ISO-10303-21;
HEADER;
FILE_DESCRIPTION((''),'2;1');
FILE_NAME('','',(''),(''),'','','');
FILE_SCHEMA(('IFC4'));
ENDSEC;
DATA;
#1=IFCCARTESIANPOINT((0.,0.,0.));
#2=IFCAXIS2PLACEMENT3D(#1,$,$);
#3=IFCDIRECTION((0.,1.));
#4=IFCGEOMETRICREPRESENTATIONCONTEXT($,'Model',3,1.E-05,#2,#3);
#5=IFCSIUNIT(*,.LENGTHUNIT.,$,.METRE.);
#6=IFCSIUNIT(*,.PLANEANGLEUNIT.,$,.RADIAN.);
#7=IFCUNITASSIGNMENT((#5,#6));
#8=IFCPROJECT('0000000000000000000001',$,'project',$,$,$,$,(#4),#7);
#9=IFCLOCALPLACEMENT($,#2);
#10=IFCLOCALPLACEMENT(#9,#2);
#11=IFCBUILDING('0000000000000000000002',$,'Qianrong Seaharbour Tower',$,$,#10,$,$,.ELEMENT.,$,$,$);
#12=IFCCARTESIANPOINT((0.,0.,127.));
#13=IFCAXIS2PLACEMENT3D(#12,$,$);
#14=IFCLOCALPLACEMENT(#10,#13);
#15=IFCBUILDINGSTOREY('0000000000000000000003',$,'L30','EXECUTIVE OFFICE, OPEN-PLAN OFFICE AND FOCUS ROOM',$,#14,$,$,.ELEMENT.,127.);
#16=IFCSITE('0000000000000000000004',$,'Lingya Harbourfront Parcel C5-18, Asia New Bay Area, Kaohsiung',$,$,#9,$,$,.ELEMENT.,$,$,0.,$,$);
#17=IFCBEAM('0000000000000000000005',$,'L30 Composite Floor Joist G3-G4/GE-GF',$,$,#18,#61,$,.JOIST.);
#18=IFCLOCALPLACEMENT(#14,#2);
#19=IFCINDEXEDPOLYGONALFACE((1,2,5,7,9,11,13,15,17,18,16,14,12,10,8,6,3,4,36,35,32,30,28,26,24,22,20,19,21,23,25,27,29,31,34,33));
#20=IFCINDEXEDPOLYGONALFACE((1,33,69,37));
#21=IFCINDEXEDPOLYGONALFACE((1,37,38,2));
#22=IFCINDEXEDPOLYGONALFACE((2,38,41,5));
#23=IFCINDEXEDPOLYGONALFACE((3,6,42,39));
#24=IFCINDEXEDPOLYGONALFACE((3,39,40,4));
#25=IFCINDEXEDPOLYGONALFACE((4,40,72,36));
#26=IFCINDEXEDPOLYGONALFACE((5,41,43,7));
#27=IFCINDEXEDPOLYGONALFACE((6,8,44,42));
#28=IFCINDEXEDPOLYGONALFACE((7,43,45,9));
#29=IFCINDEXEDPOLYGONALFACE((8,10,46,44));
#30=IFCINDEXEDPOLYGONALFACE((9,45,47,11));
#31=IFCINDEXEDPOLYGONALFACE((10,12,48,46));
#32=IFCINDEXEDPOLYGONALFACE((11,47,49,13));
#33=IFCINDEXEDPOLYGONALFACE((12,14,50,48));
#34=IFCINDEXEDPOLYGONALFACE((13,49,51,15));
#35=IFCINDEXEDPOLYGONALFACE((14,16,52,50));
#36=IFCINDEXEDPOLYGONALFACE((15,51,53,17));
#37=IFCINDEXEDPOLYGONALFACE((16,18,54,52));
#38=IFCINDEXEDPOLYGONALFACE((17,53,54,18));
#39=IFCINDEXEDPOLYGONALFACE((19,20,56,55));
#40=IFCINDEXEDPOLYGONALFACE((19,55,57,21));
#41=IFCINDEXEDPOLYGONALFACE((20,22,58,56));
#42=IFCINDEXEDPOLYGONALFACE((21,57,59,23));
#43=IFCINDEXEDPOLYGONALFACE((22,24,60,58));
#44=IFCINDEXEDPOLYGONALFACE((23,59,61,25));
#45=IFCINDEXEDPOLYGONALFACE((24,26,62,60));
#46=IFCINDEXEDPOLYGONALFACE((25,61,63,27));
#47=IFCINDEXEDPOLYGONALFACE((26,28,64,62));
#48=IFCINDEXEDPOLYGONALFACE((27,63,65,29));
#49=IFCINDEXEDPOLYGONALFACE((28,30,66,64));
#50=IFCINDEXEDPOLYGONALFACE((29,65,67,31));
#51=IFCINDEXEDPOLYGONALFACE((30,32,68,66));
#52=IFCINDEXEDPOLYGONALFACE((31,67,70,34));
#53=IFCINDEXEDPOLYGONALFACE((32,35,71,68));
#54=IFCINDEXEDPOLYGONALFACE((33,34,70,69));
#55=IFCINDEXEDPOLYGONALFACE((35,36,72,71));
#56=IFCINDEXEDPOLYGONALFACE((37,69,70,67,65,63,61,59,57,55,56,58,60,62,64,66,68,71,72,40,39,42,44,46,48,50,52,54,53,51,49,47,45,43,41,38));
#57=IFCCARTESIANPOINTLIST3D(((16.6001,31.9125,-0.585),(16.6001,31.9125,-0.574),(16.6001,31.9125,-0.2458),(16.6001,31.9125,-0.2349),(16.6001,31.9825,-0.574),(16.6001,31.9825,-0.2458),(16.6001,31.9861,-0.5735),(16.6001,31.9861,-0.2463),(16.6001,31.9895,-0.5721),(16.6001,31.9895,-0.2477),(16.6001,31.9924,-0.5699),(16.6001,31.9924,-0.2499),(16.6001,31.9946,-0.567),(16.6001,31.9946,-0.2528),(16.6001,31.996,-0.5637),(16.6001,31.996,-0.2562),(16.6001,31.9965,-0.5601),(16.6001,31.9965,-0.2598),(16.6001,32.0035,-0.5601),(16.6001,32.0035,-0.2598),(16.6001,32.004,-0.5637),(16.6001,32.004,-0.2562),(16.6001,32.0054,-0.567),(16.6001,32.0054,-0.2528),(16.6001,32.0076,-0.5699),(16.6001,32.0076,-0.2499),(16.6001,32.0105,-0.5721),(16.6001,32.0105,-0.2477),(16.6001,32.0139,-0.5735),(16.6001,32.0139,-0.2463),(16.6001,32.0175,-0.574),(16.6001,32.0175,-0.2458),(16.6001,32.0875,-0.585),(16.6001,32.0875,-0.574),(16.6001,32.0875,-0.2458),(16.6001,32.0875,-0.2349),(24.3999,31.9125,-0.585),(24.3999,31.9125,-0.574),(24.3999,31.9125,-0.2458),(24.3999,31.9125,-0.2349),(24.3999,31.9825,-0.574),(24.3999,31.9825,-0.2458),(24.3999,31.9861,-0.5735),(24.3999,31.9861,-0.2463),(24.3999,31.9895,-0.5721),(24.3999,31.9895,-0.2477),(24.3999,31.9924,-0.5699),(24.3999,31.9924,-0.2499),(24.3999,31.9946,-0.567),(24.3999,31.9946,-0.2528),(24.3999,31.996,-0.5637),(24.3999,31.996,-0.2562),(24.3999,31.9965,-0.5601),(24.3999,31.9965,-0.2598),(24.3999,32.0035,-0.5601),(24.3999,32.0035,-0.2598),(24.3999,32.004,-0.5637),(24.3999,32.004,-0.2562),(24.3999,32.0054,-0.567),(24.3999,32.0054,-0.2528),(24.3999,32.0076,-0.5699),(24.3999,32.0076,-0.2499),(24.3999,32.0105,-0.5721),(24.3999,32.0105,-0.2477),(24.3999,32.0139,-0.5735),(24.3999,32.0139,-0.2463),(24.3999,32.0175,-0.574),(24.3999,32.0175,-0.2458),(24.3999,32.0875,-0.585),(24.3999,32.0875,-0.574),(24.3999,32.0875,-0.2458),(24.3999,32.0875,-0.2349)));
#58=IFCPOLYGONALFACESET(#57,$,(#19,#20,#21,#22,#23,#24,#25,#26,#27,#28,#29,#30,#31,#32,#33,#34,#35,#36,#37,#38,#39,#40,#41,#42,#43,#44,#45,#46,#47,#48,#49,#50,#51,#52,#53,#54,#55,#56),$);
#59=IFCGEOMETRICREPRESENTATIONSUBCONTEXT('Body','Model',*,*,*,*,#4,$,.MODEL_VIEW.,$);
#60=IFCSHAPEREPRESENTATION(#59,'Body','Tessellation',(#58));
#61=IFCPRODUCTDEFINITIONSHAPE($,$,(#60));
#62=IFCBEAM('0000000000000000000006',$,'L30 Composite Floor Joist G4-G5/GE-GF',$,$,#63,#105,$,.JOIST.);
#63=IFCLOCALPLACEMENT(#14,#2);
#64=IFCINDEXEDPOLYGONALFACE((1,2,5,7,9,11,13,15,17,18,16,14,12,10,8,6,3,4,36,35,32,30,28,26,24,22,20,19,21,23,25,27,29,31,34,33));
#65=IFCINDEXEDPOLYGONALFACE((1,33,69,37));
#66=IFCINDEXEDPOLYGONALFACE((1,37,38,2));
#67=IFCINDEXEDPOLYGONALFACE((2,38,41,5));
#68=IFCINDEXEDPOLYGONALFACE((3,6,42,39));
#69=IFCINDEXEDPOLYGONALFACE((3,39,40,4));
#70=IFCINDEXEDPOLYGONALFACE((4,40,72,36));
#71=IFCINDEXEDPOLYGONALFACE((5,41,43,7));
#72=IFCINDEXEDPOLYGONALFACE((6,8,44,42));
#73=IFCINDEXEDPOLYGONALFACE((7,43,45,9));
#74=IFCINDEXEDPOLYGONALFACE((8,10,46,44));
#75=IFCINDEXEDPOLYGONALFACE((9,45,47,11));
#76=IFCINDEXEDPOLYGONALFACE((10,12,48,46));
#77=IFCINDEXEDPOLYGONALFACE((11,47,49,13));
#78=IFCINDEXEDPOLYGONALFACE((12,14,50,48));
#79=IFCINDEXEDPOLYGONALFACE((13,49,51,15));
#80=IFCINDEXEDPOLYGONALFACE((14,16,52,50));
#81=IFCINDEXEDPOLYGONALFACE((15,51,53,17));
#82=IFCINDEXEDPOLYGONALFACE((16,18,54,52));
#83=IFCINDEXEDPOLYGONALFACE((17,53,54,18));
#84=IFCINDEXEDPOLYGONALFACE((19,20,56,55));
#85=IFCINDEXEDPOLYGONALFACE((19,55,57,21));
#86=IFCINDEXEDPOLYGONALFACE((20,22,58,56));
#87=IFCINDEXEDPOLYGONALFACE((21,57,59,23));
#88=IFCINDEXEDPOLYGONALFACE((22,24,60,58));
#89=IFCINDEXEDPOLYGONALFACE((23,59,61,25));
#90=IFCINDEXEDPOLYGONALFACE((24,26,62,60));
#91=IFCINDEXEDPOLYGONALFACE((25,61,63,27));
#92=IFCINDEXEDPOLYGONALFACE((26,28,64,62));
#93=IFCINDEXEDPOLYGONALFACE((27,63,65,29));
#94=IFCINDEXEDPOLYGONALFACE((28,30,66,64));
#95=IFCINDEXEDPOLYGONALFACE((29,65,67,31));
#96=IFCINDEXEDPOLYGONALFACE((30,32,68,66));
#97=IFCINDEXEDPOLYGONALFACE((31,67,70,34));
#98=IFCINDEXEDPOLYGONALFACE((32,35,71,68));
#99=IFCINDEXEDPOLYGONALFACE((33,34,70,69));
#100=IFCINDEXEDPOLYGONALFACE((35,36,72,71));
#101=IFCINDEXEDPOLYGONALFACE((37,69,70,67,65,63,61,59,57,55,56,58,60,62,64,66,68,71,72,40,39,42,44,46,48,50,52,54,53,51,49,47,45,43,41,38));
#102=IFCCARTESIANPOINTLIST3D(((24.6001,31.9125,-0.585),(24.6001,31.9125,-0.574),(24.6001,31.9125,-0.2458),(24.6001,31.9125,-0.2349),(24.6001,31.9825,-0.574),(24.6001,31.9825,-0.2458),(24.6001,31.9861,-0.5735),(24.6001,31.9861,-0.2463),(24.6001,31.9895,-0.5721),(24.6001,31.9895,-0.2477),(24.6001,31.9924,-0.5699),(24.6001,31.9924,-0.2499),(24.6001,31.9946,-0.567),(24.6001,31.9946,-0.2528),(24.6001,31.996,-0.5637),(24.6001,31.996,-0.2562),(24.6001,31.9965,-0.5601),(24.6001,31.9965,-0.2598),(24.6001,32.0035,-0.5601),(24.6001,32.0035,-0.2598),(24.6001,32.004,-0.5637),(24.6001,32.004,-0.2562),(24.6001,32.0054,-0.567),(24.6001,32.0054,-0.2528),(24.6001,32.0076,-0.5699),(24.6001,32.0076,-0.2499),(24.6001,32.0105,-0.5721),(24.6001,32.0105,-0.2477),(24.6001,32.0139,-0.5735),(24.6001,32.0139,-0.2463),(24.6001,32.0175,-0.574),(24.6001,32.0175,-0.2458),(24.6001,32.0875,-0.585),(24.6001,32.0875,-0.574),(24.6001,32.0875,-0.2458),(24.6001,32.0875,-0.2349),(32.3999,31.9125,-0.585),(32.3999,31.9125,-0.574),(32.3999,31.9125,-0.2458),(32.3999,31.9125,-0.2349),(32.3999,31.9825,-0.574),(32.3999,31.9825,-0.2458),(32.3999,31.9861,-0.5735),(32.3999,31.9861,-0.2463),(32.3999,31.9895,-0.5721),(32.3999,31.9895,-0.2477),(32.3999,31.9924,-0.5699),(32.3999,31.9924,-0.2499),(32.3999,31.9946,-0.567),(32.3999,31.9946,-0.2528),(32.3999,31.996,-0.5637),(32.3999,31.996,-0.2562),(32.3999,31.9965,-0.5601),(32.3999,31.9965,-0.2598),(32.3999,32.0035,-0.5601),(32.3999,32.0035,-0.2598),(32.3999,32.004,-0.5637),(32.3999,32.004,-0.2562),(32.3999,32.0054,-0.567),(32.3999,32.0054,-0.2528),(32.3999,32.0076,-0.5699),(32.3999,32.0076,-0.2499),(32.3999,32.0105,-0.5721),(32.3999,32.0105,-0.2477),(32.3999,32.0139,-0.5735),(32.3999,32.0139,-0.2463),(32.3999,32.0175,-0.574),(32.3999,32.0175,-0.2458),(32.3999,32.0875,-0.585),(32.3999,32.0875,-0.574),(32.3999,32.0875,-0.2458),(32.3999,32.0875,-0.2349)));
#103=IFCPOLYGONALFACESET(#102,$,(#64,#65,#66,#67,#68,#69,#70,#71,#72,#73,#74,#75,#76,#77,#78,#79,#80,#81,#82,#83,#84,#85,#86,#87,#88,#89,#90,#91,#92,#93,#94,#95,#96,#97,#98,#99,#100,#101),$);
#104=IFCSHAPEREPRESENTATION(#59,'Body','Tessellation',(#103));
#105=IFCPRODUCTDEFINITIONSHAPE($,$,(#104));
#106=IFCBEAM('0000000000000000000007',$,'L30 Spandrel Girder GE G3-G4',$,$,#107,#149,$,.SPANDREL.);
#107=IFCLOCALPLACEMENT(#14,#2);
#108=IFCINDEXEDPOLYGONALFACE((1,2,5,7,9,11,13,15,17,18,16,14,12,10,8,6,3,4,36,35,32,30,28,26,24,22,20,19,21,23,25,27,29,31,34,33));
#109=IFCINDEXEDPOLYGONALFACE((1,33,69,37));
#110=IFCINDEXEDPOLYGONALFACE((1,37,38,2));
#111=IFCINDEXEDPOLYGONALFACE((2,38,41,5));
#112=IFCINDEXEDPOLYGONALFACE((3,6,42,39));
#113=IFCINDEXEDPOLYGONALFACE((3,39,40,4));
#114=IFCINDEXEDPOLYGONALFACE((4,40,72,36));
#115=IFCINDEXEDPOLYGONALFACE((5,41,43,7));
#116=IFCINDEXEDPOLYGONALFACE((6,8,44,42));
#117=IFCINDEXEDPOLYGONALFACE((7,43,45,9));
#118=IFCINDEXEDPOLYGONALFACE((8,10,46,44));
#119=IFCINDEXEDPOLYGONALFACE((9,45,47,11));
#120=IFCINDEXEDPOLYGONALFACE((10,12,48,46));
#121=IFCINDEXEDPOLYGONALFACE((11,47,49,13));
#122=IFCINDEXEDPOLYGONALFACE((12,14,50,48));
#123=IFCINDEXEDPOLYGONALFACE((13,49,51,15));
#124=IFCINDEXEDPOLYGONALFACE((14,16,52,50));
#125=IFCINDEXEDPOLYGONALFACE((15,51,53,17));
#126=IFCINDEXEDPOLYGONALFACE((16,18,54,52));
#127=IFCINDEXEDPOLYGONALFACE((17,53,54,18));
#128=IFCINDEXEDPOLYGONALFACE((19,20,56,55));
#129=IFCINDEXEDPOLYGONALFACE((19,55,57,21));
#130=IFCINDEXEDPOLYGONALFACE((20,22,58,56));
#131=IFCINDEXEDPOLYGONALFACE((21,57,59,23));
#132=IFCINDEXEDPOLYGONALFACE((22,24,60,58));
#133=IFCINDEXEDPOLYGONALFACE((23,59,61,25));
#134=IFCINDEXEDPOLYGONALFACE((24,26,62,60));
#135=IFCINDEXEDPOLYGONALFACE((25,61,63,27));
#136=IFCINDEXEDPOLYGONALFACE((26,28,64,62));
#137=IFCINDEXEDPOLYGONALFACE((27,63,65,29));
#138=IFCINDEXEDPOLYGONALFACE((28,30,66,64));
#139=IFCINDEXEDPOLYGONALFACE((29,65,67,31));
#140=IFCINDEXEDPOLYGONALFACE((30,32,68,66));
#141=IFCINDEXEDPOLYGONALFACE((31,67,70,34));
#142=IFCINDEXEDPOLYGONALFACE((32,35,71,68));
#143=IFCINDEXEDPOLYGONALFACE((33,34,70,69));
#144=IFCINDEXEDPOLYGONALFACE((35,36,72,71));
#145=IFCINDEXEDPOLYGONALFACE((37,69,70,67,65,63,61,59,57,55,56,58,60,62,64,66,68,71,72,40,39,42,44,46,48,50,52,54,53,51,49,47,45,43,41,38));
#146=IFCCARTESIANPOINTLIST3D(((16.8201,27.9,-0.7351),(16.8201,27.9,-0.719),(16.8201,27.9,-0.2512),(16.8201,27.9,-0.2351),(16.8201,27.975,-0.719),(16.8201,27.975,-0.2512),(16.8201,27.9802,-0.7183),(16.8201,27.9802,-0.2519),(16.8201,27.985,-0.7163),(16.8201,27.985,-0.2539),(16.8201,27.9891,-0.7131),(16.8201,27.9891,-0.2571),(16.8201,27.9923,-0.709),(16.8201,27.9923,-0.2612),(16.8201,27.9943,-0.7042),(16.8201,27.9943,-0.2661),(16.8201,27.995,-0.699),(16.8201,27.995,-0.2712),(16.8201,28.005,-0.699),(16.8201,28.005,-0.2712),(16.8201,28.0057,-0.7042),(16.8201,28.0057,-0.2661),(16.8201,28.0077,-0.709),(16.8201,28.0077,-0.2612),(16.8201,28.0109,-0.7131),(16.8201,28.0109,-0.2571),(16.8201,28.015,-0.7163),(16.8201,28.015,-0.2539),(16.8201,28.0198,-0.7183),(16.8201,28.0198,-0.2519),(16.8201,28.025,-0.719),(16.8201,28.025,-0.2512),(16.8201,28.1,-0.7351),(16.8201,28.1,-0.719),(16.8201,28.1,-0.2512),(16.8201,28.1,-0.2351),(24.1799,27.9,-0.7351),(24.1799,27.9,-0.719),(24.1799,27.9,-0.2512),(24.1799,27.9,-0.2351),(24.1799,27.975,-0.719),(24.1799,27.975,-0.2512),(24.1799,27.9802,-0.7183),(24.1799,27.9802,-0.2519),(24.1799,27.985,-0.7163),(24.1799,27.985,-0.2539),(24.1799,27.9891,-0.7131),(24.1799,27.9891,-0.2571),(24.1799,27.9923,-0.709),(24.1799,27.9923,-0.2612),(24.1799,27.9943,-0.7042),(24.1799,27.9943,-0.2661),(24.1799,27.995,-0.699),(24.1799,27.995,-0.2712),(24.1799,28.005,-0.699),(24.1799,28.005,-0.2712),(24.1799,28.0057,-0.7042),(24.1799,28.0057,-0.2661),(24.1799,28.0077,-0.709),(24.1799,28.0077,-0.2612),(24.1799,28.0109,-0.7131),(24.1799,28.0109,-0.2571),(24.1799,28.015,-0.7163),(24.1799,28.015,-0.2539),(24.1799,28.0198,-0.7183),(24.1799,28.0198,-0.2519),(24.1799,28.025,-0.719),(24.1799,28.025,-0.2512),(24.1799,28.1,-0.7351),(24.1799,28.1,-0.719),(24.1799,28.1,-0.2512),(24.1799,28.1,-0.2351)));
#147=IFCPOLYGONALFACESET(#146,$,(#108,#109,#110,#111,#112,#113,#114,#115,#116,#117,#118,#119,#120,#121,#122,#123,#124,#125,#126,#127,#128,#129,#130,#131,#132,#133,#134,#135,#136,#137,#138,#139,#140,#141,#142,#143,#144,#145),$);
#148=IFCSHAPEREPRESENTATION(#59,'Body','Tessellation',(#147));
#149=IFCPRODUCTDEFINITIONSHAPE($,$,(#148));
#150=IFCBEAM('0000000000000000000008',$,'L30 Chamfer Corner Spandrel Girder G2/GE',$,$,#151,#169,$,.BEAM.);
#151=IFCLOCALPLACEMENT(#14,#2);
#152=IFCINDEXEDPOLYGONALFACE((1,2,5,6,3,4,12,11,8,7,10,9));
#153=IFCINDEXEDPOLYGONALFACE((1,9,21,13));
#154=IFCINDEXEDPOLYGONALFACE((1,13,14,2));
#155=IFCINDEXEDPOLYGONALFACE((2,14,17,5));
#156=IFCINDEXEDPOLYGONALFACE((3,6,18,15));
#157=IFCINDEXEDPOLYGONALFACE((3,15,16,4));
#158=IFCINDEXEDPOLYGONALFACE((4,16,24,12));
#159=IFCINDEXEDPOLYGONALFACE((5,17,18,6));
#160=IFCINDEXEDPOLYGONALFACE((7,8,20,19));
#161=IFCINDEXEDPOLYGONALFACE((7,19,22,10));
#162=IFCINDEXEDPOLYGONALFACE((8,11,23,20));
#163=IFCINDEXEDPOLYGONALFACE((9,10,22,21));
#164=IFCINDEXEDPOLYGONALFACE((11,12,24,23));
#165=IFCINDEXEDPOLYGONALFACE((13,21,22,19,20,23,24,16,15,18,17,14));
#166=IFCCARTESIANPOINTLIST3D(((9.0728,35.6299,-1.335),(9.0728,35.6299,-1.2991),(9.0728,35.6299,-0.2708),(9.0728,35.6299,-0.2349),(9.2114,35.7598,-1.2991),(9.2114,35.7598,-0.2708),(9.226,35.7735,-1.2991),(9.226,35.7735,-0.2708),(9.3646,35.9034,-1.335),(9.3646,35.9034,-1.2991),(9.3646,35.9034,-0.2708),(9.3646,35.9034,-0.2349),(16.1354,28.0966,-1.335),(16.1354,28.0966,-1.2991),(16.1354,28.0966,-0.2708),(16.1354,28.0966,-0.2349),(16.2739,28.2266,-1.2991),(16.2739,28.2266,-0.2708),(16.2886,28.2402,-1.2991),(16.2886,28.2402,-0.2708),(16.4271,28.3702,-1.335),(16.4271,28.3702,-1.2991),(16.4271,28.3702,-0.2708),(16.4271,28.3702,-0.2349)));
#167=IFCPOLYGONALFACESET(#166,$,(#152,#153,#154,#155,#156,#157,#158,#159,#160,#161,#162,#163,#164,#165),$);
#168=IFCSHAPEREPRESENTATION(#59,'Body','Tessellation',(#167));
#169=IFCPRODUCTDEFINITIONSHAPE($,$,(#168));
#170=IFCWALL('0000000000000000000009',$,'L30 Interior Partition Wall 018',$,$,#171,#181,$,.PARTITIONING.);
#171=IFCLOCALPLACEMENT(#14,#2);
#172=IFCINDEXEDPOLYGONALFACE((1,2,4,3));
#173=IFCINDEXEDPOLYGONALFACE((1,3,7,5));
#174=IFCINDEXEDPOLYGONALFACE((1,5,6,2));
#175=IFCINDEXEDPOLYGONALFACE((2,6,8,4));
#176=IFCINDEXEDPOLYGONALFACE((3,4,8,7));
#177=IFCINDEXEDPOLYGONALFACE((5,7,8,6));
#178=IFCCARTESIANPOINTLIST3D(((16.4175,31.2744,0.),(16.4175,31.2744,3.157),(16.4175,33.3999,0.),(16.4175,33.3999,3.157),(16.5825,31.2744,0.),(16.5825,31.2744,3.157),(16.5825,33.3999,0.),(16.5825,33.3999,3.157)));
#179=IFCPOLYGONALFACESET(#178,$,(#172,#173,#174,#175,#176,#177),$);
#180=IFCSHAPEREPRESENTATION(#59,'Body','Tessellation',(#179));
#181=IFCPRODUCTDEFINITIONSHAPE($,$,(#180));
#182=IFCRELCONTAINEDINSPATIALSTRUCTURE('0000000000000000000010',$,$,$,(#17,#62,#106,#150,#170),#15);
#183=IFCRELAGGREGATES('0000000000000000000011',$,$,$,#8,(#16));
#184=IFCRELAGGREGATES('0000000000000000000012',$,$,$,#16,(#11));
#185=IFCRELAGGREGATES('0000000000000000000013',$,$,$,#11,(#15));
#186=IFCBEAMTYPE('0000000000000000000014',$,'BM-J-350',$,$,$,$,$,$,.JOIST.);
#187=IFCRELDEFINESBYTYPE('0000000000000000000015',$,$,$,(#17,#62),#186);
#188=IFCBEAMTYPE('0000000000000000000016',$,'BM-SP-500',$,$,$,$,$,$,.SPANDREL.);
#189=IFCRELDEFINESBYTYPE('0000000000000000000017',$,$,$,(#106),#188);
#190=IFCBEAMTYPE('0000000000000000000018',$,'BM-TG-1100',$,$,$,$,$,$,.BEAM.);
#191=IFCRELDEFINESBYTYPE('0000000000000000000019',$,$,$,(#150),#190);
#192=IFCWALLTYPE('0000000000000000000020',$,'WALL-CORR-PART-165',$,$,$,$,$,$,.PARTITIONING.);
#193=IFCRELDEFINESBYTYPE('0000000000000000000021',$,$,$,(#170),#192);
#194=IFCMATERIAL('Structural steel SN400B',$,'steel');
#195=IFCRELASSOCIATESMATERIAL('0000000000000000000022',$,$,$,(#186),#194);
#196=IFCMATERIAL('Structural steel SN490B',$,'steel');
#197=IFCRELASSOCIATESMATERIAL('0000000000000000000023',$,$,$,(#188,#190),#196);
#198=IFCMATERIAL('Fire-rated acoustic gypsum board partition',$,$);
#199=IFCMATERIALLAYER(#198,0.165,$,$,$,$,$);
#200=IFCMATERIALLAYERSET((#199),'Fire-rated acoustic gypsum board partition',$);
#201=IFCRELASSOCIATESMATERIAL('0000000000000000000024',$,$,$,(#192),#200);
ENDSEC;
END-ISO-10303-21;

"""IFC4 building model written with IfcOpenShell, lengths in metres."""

from ifc_helpers import new_model, si_unit, direction, frame, frame_2d, origin, origin_2d, place, context, subcontext, project, spatial, rectangle, i_section, extrude, material, layer, layer_set, material_profile, profile_set, type_object, element, save


model = new_model("IFC4")

# Units and contexts
model_context = context("Model", 3, precision=1e-05, world=origin(), true_north=direction((0.0, 1.0)))
body_context = subcontext(model_context, "Body", "Model", "MODEL_VIEW")
ifc_project = project(units=[si_unit("LENGTHUNIT", "METRE"), si_unit("PLANEANGLEUNIT", "RADIAN")], contexts=[model_context])

# Site, building, storey
site_placement = place(None, origin())
site = spatial("IfcSite", under=ifc_project, at=site_placement, Name="Lingya Harbourfront Parcel C5-18, Asia New Bay Area, Kaohsiung", CompositionType="ELEMENT", RefElevation=0.0)
building_placement = place(site_placement, origin())
building = spatial("IfcBuilding", under=site, at=building_placement, Name="Qianrong Seaharbour Tower", CompositionType="ELEMENT")
storey_placement = place(building_placement, frame((0.0, 0.0, 127.0)))
storey = spatial("IfcBuildingStorey", under=building, at=storey_placement, Name="L30", Description="EXECUTIVE OFFICE, OPEN-PLAN OFFICE AND FOCUS ROOM", CompositionType="ELEMENT", Elevation=127.0)

# Shared definitions
ifc_material_1 = material(Name="Structural steel SN490B", Category="steel")

# Beams
ifc_material_2 = material(Name="Structural steel SN400B", Category="steel")
ifc_material_profile_1 = material_profile(ifc_material_2, i_section(OverallWidth=0.175, OverallDepth=0.3501, WebThickness=0.0071, FlangeThickness=0.011, FilletRadius=0.0139, at=origin_2d()), Name="H350x175x7x11")
ifc_profile_set_1 = profile_set([ifc_material_profile_1], Name="Structural steel SN400B")
beam_type_1 = type_object("IfcBeamType", Name="BM-J-350", PredefinedType="JOIST", material=ifc_profile_set_1)
for number, where, z_axis, x_axis, name in (
    (1, (16.6001, 32.0, -0.4099), (1.0, 0.0, 0.0), (0.0, 1.0, 0.0), "L30 Composite Floor Joist G3-G4/GE-GF"),
    (2, (24.6001, 32.0, -0.4099), (1.0, 0.0, 0.0), (0.0, 1.0, 0.0), "L30 Composite Floor Joist G4-G5/GE-GF"),
):
    element("IfcBeam", number, at=place(storey_placement, frame(where, z_axis=z_axis, x_axis=x_axis)), inside=storey, type_object=beam_type_1, Name=name, PredefinedType="JOIST", context=body_context, shape_type="SweptSolid", body=[
        extrude(i_section(OverallWidth=0.175, OverallDepth=0.3501, WebThickness=0.0071, FlangeThickness=0.011, FilletRadius=0.0139, at=origin_2d()), origin(), (0.0, 0.0, 1.0), 7.7998),
    ])
ifc_material_profile_2 = material_profile(ifc_material_1, i_section(OverallWidth=0.2, OverallDepth=0.5, WebThickness=0.01, FlangeThickness=0.0161, FilletRadius=0.02, at=origin_2d()), Name="H500x200x10x16")
ifc_profile_set_2 = profile_set([ifc_material_profile_2], Name="Structural steel SN490B")
beam_type_2 = type_object("IfcBeamType", Name="BM-SP-500", PredefinedType="SPANDREL", material=ifc_profile_set_2)
beam_1_placement = place(storey_placement, frame((16.8201, 28.0, -0.4851), z_axis=(1.0, 0.0, 0.0), x_axis=(0.0, 1.0, 0.0)))
element("IfcBeam", 3, at=beam_1_placement, inside=storey, type_object=beam_type_2, Name="L30 Spandrel Girder GE G3-G4", PredefinedType="SPANDREL", context=body_context, shape_type="SweptSolid", body=[
    extrude(i_section(OverallWidth=0.2, OverallDepth=0.5, WebThickness=0.01, FlangeThickness=0.0161, FilletRadius=0.02, at=origin_2d()), origin(), (0.0, 0.0, 1.0), 7.3599),
])
ifc_material_profile_3 = material_profile(ifc_material_1, i_section(OverallWidth=0.3999, OverallDepth=1.1001, WebThickness=0.02, FlangeThickness=0.0359, at=origin_2d()), Name="BH1100x400x20x36")
ifc_profile_set_3 = profile_set([ifc_material_profile_3], Name="Structural steel SN490B")
beam_type_3 = type_object("IfcBeamType", Name="BM-TG-1100", PredefinedType="BEAM", material=ifc_profile_set_3)
beam_2_placement = place(storey_placement, frame((16.2812, 28.2334, -0.7849), z_axis=(-0.683947, 0.729531, 0.0), x_axis=(-0.729531, -0.683947, 0.0)))
element("IfcBeam", 4, at=beam_2_placement, inside=storey, type_object=beam_type_3, Name="L30 Chamfer Corner Spandrel Girder G2/GE", PredefinedType="BEAM", context=body_context, shape_type="SweptSolid", body=[
    extrude(i_section(OverallWidth=0.3999, OverallDepth=1.1001, WebThickness=0.02, FlangeThickness=0.0359, at=origin_2d()), origin(), (0.0, 0.0, 1.0), 10.3262),
])

# Wall
ifc_material_3 = material(Name="Fire-rated acoustic gypsum board partition")
ifc_layer_1 = layer(ifc_material_3, 0.165)
ifc_layer_set_1 = layer_set([ifc_layer_1], Name="Fire-rated acoustic gypsum board partition")
wall_type_1 = type_object("IfcWallType", Name="WALL-CORR-PART-165", PredefinedType="PARTITIONING", material=ifc_layer_set_1)
wall_1_placement = place(storey_placement, frame((16.5, 31.2744, 0.0), z_axis=(0.0, 0.0, 1.0), x_axis=(0.0, 1.0, 0.0)))
element("IfcWall", 5, at=wall_1_placement, inside=storey, type_object=wall_type_1, Name="L30 Interior Partition Wall 018", PredefinedType="PARTITIONING", context=body_context, shape_type="SweptSolid", body=[
    extrude(rectangle(XDim=2.1255, YDim=0.165, at=frame_2d((1.0627, 0.0))), origin(), (0.0, 0.0, 1.0), 3.157),
])

save(model, "model.ifc")
